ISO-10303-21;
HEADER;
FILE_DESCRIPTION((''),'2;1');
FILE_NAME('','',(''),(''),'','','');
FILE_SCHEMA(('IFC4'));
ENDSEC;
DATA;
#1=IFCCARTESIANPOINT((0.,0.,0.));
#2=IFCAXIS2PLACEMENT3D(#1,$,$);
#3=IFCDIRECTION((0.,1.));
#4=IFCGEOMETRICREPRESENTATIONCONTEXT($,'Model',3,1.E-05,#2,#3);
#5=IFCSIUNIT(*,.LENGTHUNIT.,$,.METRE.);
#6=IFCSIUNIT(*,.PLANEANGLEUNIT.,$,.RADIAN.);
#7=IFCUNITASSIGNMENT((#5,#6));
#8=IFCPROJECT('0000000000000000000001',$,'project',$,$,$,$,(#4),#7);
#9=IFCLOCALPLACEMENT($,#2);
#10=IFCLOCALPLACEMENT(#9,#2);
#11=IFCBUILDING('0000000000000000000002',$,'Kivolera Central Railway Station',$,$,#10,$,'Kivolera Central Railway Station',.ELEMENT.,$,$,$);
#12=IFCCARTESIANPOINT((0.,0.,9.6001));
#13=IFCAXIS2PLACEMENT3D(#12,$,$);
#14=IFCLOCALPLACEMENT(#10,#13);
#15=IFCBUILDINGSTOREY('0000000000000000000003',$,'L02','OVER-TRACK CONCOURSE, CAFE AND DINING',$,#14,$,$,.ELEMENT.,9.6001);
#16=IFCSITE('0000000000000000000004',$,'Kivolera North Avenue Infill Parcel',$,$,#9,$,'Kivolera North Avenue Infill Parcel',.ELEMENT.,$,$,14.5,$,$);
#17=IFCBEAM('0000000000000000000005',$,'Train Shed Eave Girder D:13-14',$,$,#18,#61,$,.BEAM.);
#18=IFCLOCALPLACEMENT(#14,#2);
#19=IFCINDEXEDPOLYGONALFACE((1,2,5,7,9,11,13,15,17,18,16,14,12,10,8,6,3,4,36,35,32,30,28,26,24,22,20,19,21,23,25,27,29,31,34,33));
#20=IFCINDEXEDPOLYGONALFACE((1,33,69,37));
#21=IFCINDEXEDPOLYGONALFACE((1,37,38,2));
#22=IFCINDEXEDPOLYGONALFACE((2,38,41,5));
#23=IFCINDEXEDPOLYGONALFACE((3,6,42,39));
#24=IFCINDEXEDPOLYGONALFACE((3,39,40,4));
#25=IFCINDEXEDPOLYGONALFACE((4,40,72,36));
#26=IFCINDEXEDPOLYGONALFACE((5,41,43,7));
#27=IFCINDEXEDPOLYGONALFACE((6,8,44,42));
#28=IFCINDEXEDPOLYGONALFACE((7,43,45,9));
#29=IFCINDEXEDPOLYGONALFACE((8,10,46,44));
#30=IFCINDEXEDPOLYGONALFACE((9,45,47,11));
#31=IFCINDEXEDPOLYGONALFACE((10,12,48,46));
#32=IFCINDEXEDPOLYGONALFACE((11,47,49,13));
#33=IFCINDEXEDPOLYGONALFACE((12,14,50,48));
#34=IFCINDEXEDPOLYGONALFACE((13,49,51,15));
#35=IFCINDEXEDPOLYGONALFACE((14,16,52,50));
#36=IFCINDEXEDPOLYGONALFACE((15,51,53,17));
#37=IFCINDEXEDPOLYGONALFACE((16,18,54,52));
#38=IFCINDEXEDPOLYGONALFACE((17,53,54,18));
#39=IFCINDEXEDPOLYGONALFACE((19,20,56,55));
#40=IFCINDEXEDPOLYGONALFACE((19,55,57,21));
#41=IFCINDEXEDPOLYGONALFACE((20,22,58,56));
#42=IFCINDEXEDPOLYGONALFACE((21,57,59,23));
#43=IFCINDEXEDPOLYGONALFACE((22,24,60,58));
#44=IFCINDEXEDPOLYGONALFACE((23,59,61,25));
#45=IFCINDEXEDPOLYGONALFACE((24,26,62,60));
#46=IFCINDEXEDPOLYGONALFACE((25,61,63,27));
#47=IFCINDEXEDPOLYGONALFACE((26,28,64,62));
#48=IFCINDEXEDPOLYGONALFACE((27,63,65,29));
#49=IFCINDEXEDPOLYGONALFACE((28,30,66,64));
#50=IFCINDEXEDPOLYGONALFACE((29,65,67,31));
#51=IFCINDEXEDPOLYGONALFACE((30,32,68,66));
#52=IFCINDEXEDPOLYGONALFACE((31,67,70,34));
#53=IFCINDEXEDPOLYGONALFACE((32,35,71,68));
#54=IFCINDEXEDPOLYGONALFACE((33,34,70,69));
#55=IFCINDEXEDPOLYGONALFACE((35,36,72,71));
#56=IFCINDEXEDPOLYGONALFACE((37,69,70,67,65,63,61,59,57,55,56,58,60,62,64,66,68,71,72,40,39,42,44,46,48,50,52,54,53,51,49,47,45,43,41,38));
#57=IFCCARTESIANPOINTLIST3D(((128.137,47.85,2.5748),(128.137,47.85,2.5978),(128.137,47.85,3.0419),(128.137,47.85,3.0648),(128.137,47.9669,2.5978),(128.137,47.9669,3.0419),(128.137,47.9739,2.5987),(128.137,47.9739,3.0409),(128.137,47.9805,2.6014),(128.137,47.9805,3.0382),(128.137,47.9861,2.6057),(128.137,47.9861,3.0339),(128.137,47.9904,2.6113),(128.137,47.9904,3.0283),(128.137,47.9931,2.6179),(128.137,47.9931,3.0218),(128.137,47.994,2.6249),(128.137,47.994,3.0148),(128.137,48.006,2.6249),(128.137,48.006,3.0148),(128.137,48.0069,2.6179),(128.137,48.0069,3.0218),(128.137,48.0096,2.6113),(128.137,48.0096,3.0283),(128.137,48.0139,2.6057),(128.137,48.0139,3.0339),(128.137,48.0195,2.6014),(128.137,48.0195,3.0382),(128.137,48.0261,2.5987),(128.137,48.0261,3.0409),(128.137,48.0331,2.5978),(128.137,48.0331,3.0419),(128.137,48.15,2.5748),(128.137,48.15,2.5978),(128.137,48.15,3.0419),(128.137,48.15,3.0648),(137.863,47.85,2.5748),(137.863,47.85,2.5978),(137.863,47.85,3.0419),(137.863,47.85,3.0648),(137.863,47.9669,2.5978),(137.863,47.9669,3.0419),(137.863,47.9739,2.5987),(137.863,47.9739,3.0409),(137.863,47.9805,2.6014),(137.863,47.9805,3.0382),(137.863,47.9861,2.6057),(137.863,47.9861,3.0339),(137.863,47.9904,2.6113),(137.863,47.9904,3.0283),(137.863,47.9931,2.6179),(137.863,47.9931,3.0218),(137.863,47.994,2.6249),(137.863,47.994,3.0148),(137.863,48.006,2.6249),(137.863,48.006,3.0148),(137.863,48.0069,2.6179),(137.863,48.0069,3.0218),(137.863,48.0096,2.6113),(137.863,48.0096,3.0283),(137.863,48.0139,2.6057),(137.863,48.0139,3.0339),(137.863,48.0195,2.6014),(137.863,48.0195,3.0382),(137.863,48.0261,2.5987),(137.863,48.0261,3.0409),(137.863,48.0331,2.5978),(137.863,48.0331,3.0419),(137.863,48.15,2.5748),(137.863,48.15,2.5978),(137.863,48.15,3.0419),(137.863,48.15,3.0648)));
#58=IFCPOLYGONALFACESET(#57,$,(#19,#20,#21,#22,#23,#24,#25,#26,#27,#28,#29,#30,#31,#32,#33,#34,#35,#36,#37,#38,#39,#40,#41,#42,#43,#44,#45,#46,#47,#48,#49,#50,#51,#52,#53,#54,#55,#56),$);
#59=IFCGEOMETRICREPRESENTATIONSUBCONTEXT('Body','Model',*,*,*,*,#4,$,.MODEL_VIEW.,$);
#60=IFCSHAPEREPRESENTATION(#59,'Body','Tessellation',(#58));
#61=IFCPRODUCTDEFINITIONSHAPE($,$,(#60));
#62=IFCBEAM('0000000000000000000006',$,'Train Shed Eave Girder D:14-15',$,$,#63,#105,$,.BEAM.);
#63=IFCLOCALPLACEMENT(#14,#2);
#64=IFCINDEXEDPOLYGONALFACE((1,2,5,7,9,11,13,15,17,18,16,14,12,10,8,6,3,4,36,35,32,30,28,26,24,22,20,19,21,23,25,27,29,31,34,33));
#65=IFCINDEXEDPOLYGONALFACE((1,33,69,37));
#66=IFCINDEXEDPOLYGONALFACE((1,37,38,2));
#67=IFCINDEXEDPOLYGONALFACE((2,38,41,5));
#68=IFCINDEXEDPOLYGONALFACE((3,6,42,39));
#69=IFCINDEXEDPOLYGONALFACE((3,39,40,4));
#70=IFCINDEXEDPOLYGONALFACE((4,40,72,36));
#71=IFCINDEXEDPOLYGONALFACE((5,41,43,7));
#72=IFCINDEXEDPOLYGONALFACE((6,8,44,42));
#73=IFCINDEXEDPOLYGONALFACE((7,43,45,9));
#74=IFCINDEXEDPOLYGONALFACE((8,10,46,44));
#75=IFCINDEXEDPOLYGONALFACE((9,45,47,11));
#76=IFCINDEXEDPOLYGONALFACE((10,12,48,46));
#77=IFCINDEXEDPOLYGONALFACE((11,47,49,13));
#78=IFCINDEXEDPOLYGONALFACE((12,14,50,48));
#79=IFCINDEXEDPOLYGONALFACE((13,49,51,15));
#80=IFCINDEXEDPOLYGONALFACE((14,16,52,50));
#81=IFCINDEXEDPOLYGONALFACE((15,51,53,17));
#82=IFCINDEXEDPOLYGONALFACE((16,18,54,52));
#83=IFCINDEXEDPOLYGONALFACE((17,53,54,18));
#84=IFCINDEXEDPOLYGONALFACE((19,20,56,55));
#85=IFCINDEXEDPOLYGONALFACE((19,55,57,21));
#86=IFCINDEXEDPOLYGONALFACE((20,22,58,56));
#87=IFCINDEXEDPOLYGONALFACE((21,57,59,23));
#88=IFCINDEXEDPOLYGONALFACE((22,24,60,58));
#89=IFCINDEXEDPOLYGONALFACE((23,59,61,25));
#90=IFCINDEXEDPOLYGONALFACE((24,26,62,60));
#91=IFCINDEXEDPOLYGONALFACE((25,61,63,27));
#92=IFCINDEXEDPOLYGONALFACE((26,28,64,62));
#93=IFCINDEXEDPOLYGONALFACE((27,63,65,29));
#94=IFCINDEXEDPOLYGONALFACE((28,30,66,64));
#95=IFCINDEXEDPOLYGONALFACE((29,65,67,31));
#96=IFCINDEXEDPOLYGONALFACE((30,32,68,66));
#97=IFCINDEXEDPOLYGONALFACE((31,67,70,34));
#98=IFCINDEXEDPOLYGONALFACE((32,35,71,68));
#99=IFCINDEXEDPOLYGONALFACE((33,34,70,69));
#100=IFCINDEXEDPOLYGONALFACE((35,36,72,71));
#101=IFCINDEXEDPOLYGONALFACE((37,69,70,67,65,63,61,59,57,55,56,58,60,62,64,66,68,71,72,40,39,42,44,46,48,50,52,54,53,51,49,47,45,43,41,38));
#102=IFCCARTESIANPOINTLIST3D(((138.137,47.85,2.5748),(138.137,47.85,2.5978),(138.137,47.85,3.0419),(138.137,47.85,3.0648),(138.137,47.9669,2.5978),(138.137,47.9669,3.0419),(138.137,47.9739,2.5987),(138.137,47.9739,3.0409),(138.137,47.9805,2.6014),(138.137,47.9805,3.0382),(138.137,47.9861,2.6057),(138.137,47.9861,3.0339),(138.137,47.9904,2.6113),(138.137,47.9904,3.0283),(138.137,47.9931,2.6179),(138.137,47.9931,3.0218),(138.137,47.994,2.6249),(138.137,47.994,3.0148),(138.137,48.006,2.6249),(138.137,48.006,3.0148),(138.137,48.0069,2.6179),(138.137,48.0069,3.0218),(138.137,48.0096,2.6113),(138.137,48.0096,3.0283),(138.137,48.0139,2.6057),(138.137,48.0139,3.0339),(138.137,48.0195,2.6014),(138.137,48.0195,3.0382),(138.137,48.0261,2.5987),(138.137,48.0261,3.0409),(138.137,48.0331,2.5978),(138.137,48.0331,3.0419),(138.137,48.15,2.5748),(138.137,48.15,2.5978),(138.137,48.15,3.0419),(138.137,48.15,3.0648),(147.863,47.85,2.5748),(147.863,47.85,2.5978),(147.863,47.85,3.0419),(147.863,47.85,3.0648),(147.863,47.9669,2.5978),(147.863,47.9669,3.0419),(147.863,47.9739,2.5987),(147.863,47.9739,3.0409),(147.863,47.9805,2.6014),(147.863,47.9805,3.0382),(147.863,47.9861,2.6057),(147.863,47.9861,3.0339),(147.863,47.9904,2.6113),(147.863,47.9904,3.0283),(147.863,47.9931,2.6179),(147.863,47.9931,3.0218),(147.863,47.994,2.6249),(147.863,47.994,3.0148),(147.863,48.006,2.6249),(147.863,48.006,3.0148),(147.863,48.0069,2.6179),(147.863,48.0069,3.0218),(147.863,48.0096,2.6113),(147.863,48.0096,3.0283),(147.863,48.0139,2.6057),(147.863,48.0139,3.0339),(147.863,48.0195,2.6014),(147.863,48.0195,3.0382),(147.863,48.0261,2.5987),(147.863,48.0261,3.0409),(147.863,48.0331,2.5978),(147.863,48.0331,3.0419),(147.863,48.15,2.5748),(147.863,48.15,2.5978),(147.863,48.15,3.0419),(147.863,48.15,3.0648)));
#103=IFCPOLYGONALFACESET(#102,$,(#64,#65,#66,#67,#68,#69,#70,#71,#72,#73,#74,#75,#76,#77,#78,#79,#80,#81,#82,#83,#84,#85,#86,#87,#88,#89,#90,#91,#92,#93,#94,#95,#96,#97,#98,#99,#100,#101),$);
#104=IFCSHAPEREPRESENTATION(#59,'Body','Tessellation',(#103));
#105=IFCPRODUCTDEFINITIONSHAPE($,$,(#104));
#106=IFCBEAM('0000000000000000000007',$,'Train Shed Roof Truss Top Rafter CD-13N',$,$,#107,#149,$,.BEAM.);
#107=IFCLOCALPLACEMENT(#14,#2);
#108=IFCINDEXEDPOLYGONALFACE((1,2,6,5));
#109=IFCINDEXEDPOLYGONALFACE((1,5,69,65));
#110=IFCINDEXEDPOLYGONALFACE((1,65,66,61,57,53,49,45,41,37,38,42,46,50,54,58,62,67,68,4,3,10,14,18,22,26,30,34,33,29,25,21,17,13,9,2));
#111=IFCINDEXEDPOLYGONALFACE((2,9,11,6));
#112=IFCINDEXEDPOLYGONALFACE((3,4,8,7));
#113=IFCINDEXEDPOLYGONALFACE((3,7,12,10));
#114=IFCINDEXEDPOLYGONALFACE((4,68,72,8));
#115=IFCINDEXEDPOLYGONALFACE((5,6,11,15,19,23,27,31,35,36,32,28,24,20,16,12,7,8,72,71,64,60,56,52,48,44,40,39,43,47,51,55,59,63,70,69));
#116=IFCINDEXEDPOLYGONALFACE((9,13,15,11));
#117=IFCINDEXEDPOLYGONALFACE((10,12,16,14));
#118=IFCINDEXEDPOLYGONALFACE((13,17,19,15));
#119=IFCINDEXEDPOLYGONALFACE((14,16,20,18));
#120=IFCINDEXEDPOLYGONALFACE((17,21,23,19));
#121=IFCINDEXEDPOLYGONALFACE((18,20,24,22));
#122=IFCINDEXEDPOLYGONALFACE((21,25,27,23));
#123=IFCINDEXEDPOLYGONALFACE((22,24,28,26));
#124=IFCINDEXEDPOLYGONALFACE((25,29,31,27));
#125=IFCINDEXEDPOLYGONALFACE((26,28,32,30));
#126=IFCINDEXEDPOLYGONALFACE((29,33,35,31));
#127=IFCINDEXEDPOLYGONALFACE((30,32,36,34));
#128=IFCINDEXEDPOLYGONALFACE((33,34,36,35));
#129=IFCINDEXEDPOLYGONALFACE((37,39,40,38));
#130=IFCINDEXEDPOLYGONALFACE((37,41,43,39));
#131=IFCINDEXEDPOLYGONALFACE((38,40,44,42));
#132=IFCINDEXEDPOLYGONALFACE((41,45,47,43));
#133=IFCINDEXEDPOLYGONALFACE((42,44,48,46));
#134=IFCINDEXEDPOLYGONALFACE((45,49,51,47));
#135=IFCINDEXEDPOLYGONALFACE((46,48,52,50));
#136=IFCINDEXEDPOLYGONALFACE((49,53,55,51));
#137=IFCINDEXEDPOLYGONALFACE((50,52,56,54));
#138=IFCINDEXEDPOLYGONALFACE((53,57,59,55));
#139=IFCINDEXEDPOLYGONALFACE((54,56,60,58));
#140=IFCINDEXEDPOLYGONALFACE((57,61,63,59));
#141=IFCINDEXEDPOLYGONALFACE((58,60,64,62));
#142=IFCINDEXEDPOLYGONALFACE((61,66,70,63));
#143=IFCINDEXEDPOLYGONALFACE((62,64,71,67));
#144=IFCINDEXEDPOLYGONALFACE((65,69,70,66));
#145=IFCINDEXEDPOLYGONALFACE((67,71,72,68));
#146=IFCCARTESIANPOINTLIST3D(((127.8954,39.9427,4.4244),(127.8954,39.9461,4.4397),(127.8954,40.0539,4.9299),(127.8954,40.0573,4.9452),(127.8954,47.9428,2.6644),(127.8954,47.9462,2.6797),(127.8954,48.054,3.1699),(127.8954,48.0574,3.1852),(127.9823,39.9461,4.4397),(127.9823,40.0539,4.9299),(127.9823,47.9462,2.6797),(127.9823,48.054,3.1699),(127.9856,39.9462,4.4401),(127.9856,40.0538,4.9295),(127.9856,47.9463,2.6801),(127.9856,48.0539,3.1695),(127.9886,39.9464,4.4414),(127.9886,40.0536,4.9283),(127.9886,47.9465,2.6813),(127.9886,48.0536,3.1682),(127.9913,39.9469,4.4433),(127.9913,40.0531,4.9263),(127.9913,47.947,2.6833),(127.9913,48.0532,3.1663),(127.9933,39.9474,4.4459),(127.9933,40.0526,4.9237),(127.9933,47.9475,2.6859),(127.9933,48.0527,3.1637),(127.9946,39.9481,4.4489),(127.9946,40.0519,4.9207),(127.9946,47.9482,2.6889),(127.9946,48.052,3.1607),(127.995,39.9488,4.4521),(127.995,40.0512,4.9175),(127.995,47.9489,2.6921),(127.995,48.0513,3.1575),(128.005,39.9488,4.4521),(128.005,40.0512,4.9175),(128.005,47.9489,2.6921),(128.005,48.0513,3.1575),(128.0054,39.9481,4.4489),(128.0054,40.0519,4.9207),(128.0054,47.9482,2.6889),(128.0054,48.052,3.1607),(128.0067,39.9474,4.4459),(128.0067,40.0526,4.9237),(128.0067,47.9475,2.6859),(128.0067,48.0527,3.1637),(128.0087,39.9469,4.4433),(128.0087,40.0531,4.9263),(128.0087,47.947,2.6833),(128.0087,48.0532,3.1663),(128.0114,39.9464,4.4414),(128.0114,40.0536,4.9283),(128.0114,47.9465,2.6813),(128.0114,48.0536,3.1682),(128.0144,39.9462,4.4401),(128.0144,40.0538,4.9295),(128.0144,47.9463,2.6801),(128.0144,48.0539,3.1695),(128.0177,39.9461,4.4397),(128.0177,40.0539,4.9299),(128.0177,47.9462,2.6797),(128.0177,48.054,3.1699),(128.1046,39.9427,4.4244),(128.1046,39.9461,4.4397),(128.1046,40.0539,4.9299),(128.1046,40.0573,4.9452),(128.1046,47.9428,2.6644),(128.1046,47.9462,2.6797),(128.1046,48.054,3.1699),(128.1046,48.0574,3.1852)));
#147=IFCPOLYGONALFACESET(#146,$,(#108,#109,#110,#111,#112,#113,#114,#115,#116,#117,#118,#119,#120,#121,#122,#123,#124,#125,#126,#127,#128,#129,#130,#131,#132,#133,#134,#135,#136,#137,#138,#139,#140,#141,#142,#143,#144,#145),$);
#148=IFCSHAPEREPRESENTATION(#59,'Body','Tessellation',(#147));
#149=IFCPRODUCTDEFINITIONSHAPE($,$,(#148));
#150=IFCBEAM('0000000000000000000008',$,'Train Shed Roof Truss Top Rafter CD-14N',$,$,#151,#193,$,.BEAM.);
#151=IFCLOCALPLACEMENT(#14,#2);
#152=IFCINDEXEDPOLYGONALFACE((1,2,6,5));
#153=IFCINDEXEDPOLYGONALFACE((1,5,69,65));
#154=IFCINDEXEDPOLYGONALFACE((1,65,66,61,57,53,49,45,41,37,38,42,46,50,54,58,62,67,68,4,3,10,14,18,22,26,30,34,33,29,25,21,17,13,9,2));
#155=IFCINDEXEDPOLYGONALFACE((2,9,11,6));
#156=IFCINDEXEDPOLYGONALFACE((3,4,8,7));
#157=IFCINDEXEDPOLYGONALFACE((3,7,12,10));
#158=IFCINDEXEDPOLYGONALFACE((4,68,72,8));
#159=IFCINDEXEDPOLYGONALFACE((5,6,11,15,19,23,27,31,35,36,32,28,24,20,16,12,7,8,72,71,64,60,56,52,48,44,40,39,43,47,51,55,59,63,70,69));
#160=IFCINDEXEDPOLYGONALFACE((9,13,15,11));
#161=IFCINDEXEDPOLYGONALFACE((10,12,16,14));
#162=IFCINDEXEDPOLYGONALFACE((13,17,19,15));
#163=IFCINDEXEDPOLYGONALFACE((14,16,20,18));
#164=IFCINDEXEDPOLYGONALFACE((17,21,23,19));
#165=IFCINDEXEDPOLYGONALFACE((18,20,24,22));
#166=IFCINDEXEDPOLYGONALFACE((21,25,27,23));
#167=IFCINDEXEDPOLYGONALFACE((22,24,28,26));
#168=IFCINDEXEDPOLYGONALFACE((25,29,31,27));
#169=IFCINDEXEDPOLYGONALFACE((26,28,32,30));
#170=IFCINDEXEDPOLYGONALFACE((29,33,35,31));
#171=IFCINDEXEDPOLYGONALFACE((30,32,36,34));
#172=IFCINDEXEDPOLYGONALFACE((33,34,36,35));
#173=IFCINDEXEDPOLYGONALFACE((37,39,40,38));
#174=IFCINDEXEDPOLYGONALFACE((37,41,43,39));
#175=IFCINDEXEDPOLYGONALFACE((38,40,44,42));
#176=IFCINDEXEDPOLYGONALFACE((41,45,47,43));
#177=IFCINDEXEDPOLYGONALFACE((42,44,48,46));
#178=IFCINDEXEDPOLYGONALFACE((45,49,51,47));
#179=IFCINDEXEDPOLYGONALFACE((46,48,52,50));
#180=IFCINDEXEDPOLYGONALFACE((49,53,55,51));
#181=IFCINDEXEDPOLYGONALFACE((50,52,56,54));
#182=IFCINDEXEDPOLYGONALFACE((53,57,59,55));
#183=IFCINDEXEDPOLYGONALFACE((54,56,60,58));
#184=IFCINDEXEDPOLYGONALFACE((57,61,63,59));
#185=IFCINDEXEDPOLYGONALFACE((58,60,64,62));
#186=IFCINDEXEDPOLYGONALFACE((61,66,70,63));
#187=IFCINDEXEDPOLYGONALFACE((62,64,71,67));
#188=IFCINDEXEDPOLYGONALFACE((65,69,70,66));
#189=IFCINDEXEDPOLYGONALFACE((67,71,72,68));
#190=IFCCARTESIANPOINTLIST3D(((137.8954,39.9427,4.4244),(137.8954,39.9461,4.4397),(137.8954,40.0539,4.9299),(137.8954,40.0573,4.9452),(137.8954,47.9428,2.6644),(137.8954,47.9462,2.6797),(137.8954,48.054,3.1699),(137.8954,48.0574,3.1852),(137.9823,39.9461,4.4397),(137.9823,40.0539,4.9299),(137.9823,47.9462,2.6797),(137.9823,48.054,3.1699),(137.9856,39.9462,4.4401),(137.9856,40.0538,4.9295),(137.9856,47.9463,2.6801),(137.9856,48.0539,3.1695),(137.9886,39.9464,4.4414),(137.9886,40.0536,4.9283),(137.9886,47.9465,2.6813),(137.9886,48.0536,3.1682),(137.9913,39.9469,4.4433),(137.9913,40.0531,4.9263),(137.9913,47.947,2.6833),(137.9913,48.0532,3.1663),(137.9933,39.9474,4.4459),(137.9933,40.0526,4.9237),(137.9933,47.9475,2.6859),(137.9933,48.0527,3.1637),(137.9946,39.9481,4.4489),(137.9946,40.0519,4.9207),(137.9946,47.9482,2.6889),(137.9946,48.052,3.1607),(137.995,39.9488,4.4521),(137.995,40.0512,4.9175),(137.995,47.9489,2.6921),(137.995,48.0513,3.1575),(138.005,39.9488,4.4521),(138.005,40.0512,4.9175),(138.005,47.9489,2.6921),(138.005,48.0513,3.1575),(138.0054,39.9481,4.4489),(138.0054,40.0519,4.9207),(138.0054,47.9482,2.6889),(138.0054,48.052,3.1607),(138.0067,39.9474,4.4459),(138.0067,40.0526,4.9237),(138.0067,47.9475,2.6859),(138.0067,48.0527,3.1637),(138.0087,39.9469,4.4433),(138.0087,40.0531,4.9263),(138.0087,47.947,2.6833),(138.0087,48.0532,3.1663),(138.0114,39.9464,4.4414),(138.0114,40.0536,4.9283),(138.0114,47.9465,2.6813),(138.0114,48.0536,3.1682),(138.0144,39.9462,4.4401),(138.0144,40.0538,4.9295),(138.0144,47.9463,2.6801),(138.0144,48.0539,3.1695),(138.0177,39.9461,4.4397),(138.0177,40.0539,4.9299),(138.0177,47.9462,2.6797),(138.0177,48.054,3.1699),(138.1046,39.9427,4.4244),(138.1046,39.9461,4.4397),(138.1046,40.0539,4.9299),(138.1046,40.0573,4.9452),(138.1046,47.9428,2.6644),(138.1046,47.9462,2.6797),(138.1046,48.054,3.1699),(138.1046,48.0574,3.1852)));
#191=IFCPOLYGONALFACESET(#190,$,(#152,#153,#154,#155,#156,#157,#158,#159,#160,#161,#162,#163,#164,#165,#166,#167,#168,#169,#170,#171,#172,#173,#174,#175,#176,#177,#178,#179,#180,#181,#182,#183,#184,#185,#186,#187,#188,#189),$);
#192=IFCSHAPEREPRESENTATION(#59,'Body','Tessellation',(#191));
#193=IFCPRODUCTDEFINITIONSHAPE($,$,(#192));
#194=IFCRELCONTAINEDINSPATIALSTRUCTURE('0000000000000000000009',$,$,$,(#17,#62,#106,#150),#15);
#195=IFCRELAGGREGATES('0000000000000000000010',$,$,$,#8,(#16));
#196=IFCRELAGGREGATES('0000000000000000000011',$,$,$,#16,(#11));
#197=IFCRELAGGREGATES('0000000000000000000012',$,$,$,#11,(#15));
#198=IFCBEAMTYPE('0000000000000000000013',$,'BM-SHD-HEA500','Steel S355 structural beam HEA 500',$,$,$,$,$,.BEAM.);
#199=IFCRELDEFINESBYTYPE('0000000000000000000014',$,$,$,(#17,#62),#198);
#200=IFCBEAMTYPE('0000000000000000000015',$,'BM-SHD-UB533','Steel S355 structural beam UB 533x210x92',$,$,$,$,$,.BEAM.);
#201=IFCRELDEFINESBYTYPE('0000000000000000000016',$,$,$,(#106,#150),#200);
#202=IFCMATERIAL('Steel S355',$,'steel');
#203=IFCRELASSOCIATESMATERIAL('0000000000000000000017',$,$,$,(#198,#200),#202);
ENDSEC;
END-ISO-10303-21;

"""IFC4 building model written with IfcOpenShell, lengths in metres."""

from ifc_helpers import new_model, si_unit, direction, frame, origin, origin_2d, place, context, subcontext, project, spatial, i_section, extrude, material, material_profile, profile_set, type_object, element, save


model = new_model("IFC4")

# Units and contexts
model_context = context("Model", 3, precision=1e-05, world=origin(), true_north=direction((0.0, 1.0)))
body_context = subcontext(model_context, "Body", "Model", "MODEL_VIEW")
ifc_project = project(units=[si_unit("LENGTHUNIT", "METRE"), si_unit("PLANEANGLEUNIT", "RADIAN")], contexts=[model_context])

# Site, building, storey
site_placement = place(None, origin())
site = spatial("IfcSite", under=ifc_project, at=site_placement, Name="Kivolera North Avenue Infill Parcel", LongName="Kivolera North Avenue Infill Parcel", CompositionType="ELEMENT", RefElevation=14.5)
building_placement = place(site_placement, origin())
building = spatial("IfcBuilding", under=site, at=building_placement, Name="Kivolera Central Railway Station", LongName="Kivolera Central Railway Station", CompositionType="ELEMENT")
storey_placement = place(building_placement, frame((0.0, 0.0, 9.6001)))
storey = spatial("IfcBuildingStorey", under=building, at=storey_placement, Name="L02", Description="OVER-TRACK CONCOURSE, CAFE AND DINING", CompositionType="ELEMENT", Elevation=9.6001)

# Shared definitions
ifc_material_1 = material(Name="Steel S355", Category="steel")

# Beams
ifc_material_profile_1 = material_profile(ifc_material_1, i_section(OverallWidth=0.3, OverallDepth=0.49, WebThickness=0.012, FlangeThickness=0.0229, FilletRadius=0.0271, at=origin_2d()), Name="HEA 500")
ifc_profile_set_1 = profile_set([ifc_material_profile_1], Name="Steel S355")
beam_type_1 = type_object("IfcBeamType", Name="BM-SHD-HEA500", Description="Steel S355 structural beam HEA 500", PredefinedType="BEAM", material=ifc_profile_set_1)
for number, where, z_axis, x_axis, name in (
    (1, (128.137, 48.0, 2.8198), (1.0, 0.0, 0.0), (0.0, 1.0, 0.0), "Train Shed Eave Girder D:13-14"),
    (2, (138.137, 48.0, 2.8198), (1.0, 0.0, 0.0), (0.0, 1.0, 0.0), "Train Shed Eave Girder D:14-15"),
):
    element("IfcBeam", number, at=place(storey_placement, frame(where, z_axis=z_axis, x_axis=x_axis)), inside=storey, type_object=beam_type_1, Name=name, PredefinedType="BEAM", context=body_context, shape_type="SweptSolid", body=[
        extrude(i_section(OverallWidth=0.3, OverallDepth=0.49, WebThickness=0.012, FlangeThickness=0.0229, FilletRadius=0.0271, at=origin_2d()), origin(), (0.0, 0.0, 1.0), 9.7261),
    ])
ifc_material_profile_2 = material_profile(ifc_material_1, i_section(OverallWidth=0.2092, OverallDepth=0.5332, WebThickness=0.01, FlangeThickness=0.0156, FilletRadius=0.0127, at=origin_2d()), Name="UB 533x210x92")
ifc_profile_set_2 = profile_set([ifc_material_profile_2], Name="Steel S355")
beam_type_2 = type_object("IfcBeamType", Name="BM-SHD-UB533", Description="Steel S355 structural beam UB 533x210x92", PredefinedType="BEAM", material=ifc_profile_set_2)
for number, where, z_axis, x_axis, name in (
    (3, (128.0, 40.0, 4.6848), (0.0, 0.976644, -0.214863), (-1.0, 0.0, 0.0), "Train Shed Roof Truss Top Rafter CD-13N"),
    (4, (138.0, 40.0, 4.6848), (0.0, 0.976644, -0.214863), (-1.0, 0.0, 0.0), "Train Shed Roof Truss Top Rafter CD-14N"),
):
    element("IfcBeam", number, at=place(storey_placement, frame(where, z_axis=z_axis, x_axis=x_axis)), inside=storey, type_object=beam_type_2, Name=name, PredefinedType="BEAM", context=body_context, shape_type="SweptSolid", body=[
        extrude(i_section(OverallWidth=0.2092, OverallDepth=0.5332, WebThickness=0.01, FlangeThickness=0.0156, FilletRadius=0.0127, at=origin_2d()), origin(), (0.0, 0.0, 1.0), 8.1914),
    ])

save(model, "model.ifc")
